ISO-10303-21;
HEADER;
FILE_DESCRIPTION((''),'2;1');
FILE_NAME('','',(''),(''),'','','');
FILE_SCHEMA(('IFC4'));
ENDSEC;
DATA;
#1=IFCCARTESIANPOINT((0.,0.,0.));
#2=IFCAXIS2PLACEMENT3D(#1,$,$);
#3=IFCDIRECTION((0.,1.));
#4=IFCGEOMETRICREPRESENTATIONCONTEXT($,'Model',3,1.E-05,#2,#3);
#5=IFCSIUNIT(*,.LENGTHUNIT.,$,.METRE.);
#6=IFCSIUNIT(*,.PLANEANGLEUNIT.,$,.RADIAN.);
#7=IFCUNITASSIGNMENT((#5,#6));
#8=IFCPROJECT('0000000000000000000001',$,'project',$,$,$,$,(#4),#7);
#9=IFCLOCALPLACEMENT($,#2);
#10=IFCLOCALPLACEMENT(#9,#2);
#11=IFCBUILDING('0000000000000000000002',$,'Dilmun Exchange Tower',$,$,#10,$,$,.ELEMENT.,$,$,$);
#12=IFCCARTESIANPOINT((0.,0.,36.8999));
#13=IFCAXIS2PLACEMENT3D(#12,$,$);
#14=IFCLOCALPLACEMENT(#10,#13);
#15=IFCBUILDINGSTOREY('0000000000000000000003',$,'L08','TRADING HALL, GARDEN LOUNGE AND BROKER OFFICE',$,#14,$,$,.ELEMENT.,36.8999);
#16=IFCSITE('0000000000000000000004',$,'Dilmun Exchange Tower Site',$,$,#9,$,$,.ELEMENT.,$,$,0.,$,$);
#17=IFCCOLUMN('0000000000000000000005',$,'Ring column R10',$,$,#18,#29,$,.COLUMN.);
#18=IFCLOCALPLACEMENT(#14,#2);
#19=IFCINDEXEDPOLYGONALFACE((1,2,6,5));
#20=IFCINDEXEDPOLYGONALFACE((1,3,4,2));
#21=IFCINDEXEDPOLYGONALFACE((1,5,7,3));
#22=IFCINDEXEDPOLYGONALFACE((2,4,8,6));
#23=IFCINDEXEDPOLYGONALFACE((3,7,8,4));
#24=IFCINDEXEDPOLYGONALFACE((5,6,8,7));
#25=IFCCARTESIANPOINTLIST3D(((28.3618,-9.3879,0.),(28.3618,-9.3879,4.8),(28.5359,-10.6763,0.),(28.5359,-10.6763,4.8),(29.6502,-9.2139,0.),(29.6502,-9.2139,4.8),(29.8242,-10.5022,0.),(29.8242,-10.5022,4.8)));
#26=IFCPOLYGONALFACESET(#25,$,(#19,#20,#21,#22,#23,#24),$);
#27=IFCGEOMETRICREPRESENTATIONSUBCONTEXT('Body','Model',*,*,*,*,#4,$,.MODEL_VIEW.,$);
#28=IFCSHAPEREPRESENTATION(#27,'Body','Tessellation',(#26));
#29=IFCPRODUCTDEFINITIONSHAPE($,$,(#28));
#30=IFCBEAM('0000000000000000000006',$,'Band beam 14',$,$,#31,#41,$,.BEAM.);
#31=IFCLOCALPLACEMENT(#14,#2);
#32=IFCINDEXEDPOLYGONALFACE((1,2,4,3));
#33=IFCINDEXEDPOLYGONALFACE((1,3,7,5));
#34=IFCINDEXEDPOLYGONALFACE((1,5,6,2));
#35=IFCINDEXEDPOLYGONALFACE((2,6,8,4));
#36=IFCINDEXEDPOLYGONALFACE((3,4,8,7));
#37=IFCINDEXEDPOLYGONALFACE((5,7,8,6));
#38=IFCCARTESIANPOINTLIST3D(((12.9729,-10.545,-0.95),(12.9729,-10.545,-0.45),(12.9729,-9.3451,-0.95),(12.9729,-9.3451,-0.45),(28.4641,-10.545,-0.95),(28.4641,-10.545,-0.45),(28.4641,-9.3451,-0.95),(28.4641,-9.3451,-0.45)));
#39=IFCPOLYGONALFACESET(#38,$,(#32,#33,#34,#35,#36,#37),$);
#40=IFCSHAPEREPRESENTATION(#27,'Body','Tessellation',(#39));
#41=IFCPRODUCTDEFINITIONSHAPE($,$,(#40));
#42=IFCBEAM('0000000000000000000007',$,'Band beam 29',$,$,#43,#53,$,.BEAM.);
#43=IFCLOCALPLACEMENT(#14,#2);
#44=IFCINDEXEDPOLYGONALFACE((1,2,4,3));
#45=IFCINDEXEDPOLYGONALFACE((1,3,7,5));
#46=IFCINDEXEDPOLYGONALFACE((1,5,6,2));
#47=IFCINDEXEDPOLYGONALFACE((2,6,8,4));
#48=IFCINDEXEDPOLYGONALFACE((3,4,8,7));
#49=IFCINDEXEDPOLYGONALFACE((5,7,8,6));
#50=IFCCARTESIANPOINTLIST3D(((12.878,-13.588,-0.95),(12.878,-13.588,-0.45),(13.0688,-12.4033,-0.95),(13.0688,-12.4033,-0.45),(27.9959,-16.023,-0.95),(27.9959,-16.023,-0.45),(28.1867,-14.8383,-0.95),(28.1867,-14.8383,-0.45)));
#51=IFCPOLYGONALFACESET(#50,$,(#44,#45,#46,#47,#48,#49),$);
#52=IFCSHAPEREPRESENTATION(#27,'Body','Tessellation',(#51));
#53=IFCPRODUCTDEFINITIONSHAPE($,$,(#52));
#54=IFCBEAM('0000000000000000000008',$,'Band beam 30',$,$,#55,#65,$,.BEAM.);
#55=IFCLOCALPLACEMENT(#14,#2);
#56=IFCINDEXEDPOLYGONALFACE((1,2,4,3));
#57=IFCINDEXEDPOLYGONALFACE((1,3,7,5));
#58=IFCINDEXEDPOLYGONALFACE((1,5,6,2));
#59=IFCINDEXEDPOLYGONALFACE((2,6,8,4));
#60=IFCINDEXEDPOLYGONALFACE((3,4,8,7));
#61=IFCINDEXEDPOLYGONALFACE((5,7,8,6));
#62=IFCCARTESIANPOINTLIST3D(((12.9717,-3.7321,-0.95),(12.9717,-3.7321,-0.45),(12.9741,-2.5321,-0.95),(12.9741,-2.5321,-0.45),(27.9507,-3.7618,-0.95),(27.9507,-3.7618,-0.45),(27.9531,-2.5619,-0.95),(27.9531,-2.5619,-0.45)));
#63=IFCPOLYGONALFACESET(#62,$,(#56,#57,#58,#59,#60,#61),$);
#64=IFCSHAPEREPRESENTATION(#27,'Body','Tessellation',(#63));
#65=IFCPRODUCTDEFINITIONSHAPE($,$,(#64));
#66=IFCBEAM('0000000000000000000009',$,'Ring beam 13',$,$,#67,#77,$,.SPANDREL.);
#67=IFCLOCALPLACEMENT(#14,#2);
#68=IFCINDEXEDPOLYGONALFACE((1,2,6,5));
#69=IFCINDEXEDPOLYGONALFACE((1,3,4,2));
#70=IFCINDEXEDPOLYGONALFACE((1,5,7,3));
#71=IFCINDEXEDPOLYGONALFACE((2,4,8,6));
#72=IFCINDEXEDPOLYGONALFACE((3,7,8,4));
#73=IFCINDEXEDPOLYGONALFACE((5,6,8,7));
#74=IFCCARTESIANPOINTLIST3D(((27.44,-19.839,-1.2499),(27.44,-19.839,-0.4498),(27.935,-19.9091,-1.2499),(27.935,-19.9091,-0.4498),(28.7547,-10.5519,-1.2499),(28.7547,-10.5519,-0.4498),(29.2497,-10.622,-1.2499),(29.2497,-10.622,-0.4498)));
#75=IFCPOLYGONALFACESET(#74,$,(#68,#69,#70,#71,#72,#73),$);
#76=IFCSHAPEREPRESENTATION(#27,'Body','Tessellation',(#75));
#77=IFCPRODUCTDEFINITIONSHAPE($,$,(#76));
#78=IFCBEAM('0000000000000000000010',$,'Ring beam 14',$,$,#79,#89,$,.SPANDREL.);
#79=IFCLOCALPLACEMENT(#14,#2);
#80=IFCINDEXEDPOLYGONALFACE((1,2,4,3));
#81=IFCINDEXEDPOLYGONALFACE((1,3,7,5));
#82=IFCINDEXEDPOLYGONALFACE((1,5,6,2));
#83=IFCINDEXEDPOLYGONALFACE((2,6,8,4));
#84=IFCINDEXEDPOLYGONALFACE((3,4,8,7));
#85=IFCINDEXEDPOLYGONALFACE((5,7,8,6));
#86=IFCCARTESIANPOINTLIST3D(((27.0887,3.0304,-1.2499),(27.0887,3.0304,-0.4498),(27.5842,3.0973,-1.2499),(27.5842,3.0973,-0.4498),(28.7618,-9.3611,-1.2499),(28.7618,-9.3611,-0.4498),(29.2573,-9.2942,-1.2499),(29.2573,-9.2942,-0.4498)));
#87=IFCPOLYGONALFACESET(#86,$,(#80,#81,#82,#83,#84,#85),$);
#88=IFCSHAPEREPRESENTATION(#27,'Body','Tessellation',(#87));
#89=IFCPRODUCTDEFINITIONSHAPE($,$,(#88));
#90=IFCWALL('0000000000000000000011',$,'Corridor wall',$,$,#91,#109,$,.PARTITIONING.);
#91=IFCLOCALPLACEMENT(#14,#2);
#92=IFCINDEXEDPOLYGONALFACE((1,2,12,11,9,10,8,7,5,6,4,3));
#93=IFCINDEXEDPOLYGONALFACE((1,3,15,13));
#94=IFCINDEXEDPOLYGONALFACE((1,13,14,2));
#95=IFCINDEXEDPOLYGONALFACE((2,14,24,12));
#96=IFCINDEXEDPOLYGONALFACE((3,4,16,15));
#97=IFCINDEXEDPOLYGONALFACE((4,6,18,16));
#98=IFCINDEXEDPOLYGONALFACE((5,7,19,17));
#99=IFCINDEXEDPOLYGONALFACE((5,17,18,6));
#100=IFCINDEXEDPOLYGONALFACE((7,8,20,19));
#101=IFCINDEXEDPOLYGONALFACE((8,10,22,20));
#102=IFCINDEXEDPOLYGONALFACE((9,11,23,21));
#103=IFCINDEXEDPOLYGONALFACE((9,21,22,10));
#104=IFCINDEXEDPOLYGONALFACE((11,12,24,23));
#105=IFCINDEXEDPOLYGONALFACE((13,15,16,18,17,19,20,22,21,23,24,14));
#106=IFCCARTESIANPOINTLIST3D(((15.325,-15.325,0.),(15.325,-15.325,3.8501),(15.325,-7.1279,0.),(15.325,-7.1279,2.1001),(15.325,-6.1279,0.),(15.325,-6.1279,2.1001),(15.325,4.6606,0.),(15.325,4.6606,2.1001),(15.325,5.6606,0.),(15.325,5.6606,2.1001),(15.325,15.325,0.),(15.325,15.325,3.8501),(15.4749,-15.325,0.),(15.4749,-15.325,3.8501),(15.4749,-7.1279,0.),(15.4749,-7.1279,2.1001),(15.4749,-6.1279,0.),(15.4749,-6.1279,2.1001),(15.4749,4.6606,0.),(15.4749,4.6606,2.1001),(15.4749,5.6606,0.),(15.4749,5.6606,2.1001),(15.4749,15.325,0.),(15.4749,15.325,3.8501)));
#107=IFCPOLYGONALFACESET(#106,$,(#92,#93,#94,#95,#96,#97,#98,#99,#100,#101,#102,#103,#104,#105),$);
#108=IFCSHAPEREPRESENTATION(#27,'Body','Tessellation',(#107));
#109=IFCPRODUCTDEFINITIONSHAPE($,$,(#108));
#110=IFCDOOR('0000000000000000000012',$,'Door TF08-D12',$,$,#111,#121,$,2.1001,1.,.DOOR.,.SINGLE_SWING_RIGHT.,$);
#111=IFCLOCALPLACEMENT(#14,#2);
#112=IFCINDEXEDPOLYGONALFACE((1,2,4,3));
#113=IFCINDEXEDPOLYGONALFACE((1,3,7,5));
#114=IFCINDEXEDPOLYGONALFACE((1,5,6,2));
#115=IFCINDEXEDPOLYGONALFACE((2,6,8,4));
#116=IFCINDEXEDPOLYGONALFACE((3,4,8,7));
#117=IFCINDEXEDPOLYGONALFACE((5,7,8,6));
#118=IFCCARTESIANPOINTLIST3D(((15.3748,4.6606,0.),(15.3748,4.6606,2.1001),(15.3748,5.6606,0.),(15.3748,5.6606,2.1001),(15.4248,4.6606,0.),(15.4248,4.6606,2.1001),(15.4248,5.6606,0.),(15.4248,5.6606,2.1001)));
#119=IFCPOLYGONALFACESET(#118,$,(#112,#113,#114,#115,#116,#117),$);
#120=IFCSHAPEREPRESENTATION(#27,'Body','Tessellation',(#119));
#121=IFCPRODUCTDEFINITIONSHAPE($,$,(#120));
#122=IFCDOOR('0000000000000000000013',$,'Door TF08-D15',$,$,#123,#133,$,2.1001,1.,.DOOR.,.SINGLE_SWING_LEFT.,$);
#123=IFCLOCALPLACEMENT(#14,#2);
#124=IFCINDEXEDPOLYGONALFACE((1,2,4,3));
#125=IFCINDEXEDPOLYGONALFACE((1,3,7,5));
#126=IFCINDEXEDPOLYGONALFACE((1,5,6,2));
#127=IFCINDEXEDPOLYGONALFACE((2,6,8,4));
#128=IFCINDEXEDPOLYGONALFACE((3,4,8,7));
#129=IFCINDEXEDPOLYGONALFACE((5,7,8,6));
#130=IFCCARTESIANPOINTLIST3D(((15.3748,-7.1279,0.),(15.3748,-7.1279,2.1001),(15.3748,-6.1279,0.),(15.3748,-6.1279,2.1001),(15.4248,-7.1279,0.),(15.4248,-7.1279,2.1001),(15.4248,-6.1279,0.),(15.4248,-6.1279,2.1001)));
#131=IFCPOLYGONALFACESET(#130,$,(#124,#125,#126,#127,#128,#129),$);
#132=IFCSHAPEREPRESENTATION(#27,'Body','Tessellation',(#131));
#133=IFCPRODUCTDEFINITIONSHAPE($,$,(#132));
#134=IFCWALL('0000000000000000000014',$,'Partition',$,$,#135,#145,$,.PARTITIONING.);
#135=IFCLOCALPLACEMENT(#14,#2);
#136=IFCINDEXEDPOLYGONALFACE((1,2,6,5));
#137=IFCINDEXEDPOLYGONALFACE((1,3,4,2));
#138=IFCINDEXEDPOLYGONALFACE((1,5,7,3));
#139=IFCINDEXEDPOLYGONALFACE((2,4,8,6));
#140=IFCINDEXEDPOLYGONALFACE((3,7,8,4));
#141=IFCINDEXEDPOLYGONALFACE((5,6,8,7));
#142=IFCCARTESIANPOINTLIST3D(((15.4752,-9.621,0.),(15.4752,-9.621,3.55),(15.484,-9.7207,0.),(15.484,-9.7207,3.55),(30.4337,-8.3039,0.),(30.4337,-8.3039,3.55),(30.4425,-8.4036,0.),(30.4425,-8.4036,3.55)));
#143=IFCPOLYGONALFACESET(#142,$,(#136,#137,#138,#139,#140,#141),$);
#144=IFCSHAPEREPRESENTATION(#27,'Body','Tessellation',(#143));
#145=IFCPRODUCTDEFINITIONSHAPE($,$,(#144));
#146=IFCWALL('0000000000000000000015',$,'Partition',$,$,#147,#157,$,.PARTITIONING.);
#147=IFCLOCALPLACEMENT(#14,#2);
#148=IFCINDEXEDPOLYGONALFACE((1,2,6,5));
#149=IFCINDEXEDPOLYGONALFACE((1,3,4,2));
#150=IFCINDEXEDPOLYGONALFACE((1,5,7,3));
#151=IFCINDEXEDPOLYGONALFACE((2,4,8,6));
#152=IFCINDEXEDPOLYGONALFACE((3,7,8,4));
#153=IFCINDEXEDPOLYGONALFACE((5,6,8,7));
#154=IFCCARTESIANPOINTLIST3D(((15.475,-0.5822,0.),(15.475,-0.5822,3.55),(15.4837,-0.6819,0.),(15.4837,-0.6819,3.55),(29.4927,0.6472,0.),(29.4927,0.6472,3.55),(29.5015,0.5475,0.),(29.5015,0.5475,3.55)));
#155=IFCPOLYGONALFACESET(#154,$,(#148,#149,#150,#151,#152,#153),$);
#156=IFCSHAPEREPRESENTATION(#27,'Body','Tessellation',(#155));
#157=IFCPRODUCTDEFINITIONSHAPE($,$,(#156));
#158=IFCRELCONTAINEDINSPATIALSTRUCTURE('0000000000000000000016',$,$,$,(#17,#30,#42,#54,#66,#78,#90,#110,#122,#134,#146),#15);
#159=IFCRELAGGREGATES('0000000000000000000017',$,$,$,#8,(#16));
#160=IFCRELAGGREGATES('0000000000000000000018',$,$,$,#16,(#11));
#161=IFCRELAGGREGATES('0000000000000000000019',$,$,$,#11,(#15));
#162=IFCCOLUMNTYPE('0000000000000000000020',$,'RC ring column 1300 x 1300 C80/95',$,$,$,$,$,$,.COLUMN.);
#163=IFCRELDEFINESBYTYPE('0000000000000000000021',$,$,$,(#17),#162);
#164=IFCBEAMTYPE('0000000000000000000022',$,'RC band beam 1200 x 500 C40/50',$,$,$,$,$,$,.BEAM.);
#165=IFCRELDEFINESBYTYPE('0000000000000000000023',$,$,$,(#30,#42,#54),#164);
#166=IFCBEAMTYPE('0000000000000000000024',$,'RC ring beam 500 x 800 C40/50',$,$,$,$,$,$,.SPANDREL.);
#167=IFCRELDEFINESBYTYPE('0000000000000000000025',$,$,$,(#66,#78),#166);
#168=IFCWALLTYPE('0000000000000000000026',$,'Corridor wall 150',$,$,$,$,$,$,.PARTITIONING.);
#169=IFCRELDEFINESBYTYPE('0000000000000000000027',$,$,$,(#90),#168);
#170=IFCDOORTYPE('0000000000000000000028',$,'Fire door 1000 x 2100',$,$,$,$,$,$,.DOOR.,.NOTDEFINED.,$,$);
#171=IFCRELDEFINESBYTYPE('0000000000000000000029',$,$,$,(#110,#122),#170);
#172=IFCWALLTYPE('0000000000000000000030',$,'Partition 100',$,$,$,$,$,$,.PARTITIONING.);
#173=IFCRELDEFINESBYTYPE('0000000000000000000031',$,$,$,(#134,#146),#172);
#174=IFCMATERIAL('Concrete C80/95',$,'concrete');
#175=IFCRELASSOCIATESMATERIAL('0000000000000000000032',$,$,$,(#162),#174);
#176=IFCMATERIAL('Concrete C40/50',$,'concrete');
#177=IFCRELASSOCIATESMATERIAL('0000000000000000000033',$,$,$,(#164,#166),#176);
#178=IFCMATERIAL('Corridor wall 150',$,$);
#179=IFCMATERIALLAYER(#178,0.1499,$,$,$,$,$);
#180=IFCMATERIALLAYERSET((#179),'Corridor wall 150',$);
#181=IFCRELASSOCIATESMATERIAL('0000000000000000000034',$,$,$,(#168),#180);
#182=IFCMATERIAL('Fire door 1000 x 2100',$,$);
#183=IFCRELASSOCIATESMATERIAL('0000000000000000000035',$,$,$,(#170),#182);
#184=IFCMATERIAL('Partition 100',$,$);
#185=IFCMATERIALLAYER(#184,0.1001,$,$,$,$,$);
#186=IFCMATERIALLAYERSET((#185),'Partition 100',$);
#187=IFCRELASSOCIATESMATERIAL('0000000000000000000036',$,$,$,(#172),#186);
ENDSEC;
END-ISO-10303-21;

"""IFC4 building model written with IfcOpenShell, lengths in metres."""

from ifc_helpers import new_model, si_unit, direction, frame, frame_2d, origin, origin_2d, place, context, subcontext, project, spatial, rectangle, extrude, material, layer, layer_set, material_profile, profile_set, type_object, element, fill, save


model = new_model("IFC4")

# Units and contexts
model_context = context("Model", 3, precision=1e-05, world=origin(), true_north=direction((0.0, 1.0)))
body_context = subcontext(model_context, "Body", "Model", "MODEL_VIEW")
ifc_project = project(units=[si_unit("LENGTHUNIT", "METRE"), si_unit("PLANEANGLEUNIT", "RADIAN")], contexts=[model_context])

# Site, building, storey
site_placement = place(None, origin())
site = spatial("IfcSite", under=ifc_project, at=site_placement, Name="Dilmun Exchange Tower Site", CompositionType="ELEMENT", RefElevation=0.0)
building_placement = place(site_placement, origin())
building = spatial("IfcBuilding", under=site, at=building_placement, Name="Dilmun Exchange Tower", CompositionType="ELEMENT")
storey_placement = place(building_placement, frame((0.0, 0.0, 36.8999)))
storey = spatial("IfcBuildingStorey", under=building, at=storey_placement, Name="L08", Description="TRADING HALL, GARDEN LOUNGE AND BROKER OFFICE", CompositionType="ELEMENT", Elevation=36.8999)

# Column
ifc_material_1 = material(Name="Concrete C80/95", Category="concrete")
ifc_material_profile_1 = material_profile(ifc_material_1, rectangle(XDim=1.3, YDim=1.3, at=origin_2d()), Name="1300 x 1300")
ifc_profile_set_1 = profile_set([ifc_material_profile_1], Name="Concrete C80/95")
column_type = type_object("IfcColumnType", Name="RC ring column 1300 x 1300 C80/95", PredefinedType="COLUMN", material=ifc_profile_set_1)
column_placement = place(storey_placement, frame((29.093, -9.9451, 0.0), z_axis=(0.0, 0.0, 1.0), x_axis=(0.991001, 0.133853, 0.0)))
element("IfcColumn", 1, at=column_placement, inside=storey, type_object=column_type, Name="Ring column R10", PredefinedType="COLUMN", context=body_context, shape_type="SweptSolid", body=[
    extrude(rectangle(XDim=1.3, YDim=1.3, at=origin_2d()), origin(), (0.0, 0.0, 1.0), 4.8),
])

# Beams
ifc_material_2 = material(Name="Concrete C40/50", Category="concrete")
ifc_material_profile_2 = material_profile(ifc_material_2, rectangle(XDim=1.2, YDim=0.5, at=origin_2d()), Name="1200 x 500")
ifc_profile_set_2 = profile_set([ifc_material_profile_2], Name="Concrete C40/50")
beam_type_1 = type_object("IfcBeamType", Name="RC band beam 1200 x 500 C40/50", PredefinedType="BEAM", material=ifc_profile_set_2)
beam_1_placement = place(storey_placement, frame((28.4641, -9.9451, -0.7), z_axis=(-1.0, 0.0, 0.0), x_axis=(0.0, -1.0, 0.0)))
element("IfcBeam", 2, at=beam_1_placement, inside=storey, type_object=beam_type_1, Name="Band beam 14", PredefinedType="BEAM", context=body_context, shape_type="SweptSolid", body=[
    extrude(rectangle(XDim=1.2, YDim=0.5, at=origin_2d()), origin(), (0.0, 0.0, 1.0), 15.4912),
])
beam_2_placement = place(storey_placement, frame((28.0913, -15.4307, -0.7), z_axis=(-0.987275, 0.159021, 0.0), x_axis=(-0.159021, -0.987275, 0.0)))
element("IfcBeam", 3, at=beam_2_placement, inside=storey, type_object=beam_type_1, Name="Band beam 29", PredefinedType="BEAM", context=body_context, shape_type="SweptSolid", body=[
    extrude(rectangle(XDim=1.2, YDim=0.5, at=origin_2d()), origin(), (0.0, 0.0, 1.0), 15.3127),
])
beam_3_placement = place(storey_placement, frame((27.9519, -3.1619, -0.7), z_axis=(-0.999998, 0.001988, 0.0), x_axis=(-0.001988, -0.999998, 0.0)))
element("IfcBeam", 4, at=beam_3_placement, inside=storey, type_object=beam_type_1, Name="Band beam 30", PredefinedType="BEAM", context=body_context, shape_type="SweptSolid", body=[
    extrude(rectangle(XDim=1.2, YDim=0.5, at=origin_2d()), origin(), (0.0, 0.0, 1.0), 14.979),
])
ifc_material_profile_3 = material_profile(ifc_material_2, rectangle(XDim=0.5, YDim=0.8, at=origin_2d()), Name="500 x 800")
ifc_profile_set_3 = profile_set([ifc_material_profile_3], Name="Concrete C40/50")
beam_type_2 = type_object("IfcBeamType", Name="RC ring beam 500 x 800 C40/50", PredefinedType="SPANDREL", material=ifc_profile_set_3)
beam_4_placement = place(storey_placement, frame((27.6875, -19.874, -0.8499), z_axis=(0.140164, 0.990128, 0.0), x_axis=(-0.990128, 0.140164, 0.0)))
element("IfcBeam", 5, at=beam_4_placement, inside=storey, type_object=beam_type_2, Name="Ring beam 13", PredefinedType="SPANDREL", context=body_context, shape_type="SweptSolid", body=[
    extrude(rectangle(XDim=0.5, YDim=0.8, at=origin_2d()), origin(), (0.0, 0.0, 1.0), 9.3796),
])
beam_5_placement = place(storey_placement, frame((29.0095, -9.3276, -0.8499), z_axis=(-0.133807, 0.991007, 0.0), x_axis=(-0.991007, -0.133807, 0.0)))
element("IfcBeam", 6, at=beam_5_placement, inside=storey, type_object=beam_type_2, Name="Ring beam 14", PredefinedType="SPANDREL", context=body_context, shape_type="SweptSolid", body=[
    extrude(rectangle(XDim=0.5, YDim=0.8, at=origin_2d()), origin(), (0.0, 0.0, 1.0), 12.5039),
])

# Wall, openings, doors
ifc_material_3 = material(Name="Corridor wall 150")
ifc_layer_1 = layer(ifc_material_3, 0.1499)
ifc_layer_set_1 = layer_set([ifc_layer_1], Name="Corridor wall 150")
wall_type_1 = type_object("IfcWallType", Name="Corridor wall 150", PredefinedType="PARTITIONING", material=ifc_layer_set_1)
wall_1_placement = place(storey_placement, frame((15.3999, -15.325, 0.0), z_axis=(0.0, 0.0, 1.0), x_axis=(0.0, 1.0, 0.0)))
wall_1 = element("IfcWall", 7, at=wall_1_placement, inside=storey, type_object=wall_type_1, Name="Corridor wall", PredefinedType="PARTITIONING", context=body_context, shape_type="SweptSolid", body=[
    extrude(rectangle(XDim=30.6499, YDim=0.1499, at=frame_2d((15.325, 0.0))), origin(), (0.0, 0.0, 1.0), 3.8501),
])
opening_1_placement = place(wall_1_placement, frame((19.9856, 0.0, 0.0)))
opening_1 = element("IfcOpeningElement", 8, at=opening_1_placement, cuts=wall_1, PredefinedType="OPENING", context=body_context, shape_type="SweptSolid", body=[
    extrude(rectangle(XDim=1.0, YDim=2.1001, at=frame_2d((0.5, 1.05))), frame((0.0, 0.085, 0.0), z_axis=(0.0, -1.0, 0.0), x_axis=(1.0, 0.0, 0.0)), (0.0, 0.0, 1.0), 0.1699),
])
opening_2_placement = place(wall_1_placement, frame((8.197, 0.0, 0.0)))
opening_2 = element("IfcOpeningElement", 9, at=opening_2_placement, cuts=wall_1, PredefinedType="OPENING", context=body_context, shape_type="SweptSolid", body=[
    extrude(rectangle(XDim=1.0, YDim=2.1001, at=frame_2d((0.5, 1.05))), frame((0.0, 0.085, 0.0), z_axis=(0.0, -1.0, 0.0), x_axis=(1.0, 0.0, 0.0)), (0.0, 0.0, 1.0), 0.1699),
])
ifc_material_4 = material(Name="Fire door 1000 x 2100")
door_type_1 = type_object("IfcDoorType", Name="Fire door 1000 x 2100", OperationType="NOTDEFINED", PredefinedType="DOOR", material=ifc_material_4)
door_1_placement = place(opening_1_placement, frame((1.0, 0.0, 0.0), z_axis=(0.0, 0.0, 1.0), x_axis=(-1.0, 0.0, 0.0)))
door_1 = element("IfcDoor", 10, at=door_1_placement, inside=storey, type_object=door_type_1, Name="Door TF08-D12", OperationType="SINGLE_SWING_RIGHT", OverallHeight=2.1001, OverallWidth=1.0, PredefinedType="DOOR", context=body_context, shape_type="SweptSolid", body=[
    extrude(rectangle(XDim=1.0, YDim=2.1001, at=frame_2d((0.5, 1.05))), frame((0.0, 0.0249, 0.0), z_axis=(0.0, -1.0, 0.0), x_axis=(1.0, 0.0, 0.0)), (0.0, 0.0, 1.0), 0.05),
])
fill(opening_1, door_1)
door_2_placement = place(opening_2_placement, frame((1.0, 0.0, 0.0), z_axis=(0.0, 0.0, 1.0), x_axis=(-1.0, 0.0, 0.0)))
door_2 = element("IfcDoor", 11, at=door_2_placement, inside=storey, type_object=door_type_1, Name="Door TF08-D15", OperationType="SINGLE_SWING_LEFT", OverallHeight=2.1001, OverallWidth=1.0, PredefinedType="DOOR", context=body_context, shape_type="SweptSolid", body=[
    extrude(rectangle(XDim=1.0, YDim=2.1001, at=frame_2d((0.5, 1.05))), frame((0.0, 0.0249, 0.0), z_axis=(0.0, -1.0, 0.0), x_axis=(1.0, 0.0, 0.0)), (0.0, 0.0, 1.0), 0.05),
])
fill(opening_2, door_2)

# Walls
ifc_material_5 = material(Name="Partition 100")
ifc_layer_2 = layer(ifc_material_5, 0.1001)
ifc_layer_set_2 = layer_set([ifc_layer_2], Name="Partition 100")
wall_type_2 = type_object("IfcWallType", Name="Partition 100", PredefinedType="PARTITIONING", material=ifc_layer_set_2)
wall_2_placement = place(storey_placement, frame((15.4795, -9.6709, 0.0), z_axis=(0.0, 0.0, 1.0), x_axis=(0.996146, 0.087714, 0.0)))
element("IfcWall", 12, at=wall_2_placement, inside=storey, type_object=wall_type_2, Name="Partition", PredefinedType="PARTITIONING", context=body_context, shape_type="SweptSolid", body=[
    extrude(rectangle(XDim=15.0164, YDim=0.1001, at=frame_2d((7.5083, 0.0))), origin(), (0.0, 0.0, 1.0), 3.55),
])
wall_3_placement = place(storey_placement, frame((15.4795, -0.6321, 0.0), z_axis=(0.0, 0.0, 1.0), x_axis=(0.996176, 0.087374, 0.0)))
element("IfcWall", 13, at=wall_3_placement, inside=storey, type_object=wall_type_2, Name="Partition", PredefinedType="PARTITIONING", context=body_context, shape_type="SweptSolid", body=[
    extrude(rectangle(XDim=14.0715, YDim=0.1001, at=frame_2d((7.0356, 0.0))), origin(), (0.0, 0.0, 1.0), 3.55),
])

save(model, "model.ifc")
